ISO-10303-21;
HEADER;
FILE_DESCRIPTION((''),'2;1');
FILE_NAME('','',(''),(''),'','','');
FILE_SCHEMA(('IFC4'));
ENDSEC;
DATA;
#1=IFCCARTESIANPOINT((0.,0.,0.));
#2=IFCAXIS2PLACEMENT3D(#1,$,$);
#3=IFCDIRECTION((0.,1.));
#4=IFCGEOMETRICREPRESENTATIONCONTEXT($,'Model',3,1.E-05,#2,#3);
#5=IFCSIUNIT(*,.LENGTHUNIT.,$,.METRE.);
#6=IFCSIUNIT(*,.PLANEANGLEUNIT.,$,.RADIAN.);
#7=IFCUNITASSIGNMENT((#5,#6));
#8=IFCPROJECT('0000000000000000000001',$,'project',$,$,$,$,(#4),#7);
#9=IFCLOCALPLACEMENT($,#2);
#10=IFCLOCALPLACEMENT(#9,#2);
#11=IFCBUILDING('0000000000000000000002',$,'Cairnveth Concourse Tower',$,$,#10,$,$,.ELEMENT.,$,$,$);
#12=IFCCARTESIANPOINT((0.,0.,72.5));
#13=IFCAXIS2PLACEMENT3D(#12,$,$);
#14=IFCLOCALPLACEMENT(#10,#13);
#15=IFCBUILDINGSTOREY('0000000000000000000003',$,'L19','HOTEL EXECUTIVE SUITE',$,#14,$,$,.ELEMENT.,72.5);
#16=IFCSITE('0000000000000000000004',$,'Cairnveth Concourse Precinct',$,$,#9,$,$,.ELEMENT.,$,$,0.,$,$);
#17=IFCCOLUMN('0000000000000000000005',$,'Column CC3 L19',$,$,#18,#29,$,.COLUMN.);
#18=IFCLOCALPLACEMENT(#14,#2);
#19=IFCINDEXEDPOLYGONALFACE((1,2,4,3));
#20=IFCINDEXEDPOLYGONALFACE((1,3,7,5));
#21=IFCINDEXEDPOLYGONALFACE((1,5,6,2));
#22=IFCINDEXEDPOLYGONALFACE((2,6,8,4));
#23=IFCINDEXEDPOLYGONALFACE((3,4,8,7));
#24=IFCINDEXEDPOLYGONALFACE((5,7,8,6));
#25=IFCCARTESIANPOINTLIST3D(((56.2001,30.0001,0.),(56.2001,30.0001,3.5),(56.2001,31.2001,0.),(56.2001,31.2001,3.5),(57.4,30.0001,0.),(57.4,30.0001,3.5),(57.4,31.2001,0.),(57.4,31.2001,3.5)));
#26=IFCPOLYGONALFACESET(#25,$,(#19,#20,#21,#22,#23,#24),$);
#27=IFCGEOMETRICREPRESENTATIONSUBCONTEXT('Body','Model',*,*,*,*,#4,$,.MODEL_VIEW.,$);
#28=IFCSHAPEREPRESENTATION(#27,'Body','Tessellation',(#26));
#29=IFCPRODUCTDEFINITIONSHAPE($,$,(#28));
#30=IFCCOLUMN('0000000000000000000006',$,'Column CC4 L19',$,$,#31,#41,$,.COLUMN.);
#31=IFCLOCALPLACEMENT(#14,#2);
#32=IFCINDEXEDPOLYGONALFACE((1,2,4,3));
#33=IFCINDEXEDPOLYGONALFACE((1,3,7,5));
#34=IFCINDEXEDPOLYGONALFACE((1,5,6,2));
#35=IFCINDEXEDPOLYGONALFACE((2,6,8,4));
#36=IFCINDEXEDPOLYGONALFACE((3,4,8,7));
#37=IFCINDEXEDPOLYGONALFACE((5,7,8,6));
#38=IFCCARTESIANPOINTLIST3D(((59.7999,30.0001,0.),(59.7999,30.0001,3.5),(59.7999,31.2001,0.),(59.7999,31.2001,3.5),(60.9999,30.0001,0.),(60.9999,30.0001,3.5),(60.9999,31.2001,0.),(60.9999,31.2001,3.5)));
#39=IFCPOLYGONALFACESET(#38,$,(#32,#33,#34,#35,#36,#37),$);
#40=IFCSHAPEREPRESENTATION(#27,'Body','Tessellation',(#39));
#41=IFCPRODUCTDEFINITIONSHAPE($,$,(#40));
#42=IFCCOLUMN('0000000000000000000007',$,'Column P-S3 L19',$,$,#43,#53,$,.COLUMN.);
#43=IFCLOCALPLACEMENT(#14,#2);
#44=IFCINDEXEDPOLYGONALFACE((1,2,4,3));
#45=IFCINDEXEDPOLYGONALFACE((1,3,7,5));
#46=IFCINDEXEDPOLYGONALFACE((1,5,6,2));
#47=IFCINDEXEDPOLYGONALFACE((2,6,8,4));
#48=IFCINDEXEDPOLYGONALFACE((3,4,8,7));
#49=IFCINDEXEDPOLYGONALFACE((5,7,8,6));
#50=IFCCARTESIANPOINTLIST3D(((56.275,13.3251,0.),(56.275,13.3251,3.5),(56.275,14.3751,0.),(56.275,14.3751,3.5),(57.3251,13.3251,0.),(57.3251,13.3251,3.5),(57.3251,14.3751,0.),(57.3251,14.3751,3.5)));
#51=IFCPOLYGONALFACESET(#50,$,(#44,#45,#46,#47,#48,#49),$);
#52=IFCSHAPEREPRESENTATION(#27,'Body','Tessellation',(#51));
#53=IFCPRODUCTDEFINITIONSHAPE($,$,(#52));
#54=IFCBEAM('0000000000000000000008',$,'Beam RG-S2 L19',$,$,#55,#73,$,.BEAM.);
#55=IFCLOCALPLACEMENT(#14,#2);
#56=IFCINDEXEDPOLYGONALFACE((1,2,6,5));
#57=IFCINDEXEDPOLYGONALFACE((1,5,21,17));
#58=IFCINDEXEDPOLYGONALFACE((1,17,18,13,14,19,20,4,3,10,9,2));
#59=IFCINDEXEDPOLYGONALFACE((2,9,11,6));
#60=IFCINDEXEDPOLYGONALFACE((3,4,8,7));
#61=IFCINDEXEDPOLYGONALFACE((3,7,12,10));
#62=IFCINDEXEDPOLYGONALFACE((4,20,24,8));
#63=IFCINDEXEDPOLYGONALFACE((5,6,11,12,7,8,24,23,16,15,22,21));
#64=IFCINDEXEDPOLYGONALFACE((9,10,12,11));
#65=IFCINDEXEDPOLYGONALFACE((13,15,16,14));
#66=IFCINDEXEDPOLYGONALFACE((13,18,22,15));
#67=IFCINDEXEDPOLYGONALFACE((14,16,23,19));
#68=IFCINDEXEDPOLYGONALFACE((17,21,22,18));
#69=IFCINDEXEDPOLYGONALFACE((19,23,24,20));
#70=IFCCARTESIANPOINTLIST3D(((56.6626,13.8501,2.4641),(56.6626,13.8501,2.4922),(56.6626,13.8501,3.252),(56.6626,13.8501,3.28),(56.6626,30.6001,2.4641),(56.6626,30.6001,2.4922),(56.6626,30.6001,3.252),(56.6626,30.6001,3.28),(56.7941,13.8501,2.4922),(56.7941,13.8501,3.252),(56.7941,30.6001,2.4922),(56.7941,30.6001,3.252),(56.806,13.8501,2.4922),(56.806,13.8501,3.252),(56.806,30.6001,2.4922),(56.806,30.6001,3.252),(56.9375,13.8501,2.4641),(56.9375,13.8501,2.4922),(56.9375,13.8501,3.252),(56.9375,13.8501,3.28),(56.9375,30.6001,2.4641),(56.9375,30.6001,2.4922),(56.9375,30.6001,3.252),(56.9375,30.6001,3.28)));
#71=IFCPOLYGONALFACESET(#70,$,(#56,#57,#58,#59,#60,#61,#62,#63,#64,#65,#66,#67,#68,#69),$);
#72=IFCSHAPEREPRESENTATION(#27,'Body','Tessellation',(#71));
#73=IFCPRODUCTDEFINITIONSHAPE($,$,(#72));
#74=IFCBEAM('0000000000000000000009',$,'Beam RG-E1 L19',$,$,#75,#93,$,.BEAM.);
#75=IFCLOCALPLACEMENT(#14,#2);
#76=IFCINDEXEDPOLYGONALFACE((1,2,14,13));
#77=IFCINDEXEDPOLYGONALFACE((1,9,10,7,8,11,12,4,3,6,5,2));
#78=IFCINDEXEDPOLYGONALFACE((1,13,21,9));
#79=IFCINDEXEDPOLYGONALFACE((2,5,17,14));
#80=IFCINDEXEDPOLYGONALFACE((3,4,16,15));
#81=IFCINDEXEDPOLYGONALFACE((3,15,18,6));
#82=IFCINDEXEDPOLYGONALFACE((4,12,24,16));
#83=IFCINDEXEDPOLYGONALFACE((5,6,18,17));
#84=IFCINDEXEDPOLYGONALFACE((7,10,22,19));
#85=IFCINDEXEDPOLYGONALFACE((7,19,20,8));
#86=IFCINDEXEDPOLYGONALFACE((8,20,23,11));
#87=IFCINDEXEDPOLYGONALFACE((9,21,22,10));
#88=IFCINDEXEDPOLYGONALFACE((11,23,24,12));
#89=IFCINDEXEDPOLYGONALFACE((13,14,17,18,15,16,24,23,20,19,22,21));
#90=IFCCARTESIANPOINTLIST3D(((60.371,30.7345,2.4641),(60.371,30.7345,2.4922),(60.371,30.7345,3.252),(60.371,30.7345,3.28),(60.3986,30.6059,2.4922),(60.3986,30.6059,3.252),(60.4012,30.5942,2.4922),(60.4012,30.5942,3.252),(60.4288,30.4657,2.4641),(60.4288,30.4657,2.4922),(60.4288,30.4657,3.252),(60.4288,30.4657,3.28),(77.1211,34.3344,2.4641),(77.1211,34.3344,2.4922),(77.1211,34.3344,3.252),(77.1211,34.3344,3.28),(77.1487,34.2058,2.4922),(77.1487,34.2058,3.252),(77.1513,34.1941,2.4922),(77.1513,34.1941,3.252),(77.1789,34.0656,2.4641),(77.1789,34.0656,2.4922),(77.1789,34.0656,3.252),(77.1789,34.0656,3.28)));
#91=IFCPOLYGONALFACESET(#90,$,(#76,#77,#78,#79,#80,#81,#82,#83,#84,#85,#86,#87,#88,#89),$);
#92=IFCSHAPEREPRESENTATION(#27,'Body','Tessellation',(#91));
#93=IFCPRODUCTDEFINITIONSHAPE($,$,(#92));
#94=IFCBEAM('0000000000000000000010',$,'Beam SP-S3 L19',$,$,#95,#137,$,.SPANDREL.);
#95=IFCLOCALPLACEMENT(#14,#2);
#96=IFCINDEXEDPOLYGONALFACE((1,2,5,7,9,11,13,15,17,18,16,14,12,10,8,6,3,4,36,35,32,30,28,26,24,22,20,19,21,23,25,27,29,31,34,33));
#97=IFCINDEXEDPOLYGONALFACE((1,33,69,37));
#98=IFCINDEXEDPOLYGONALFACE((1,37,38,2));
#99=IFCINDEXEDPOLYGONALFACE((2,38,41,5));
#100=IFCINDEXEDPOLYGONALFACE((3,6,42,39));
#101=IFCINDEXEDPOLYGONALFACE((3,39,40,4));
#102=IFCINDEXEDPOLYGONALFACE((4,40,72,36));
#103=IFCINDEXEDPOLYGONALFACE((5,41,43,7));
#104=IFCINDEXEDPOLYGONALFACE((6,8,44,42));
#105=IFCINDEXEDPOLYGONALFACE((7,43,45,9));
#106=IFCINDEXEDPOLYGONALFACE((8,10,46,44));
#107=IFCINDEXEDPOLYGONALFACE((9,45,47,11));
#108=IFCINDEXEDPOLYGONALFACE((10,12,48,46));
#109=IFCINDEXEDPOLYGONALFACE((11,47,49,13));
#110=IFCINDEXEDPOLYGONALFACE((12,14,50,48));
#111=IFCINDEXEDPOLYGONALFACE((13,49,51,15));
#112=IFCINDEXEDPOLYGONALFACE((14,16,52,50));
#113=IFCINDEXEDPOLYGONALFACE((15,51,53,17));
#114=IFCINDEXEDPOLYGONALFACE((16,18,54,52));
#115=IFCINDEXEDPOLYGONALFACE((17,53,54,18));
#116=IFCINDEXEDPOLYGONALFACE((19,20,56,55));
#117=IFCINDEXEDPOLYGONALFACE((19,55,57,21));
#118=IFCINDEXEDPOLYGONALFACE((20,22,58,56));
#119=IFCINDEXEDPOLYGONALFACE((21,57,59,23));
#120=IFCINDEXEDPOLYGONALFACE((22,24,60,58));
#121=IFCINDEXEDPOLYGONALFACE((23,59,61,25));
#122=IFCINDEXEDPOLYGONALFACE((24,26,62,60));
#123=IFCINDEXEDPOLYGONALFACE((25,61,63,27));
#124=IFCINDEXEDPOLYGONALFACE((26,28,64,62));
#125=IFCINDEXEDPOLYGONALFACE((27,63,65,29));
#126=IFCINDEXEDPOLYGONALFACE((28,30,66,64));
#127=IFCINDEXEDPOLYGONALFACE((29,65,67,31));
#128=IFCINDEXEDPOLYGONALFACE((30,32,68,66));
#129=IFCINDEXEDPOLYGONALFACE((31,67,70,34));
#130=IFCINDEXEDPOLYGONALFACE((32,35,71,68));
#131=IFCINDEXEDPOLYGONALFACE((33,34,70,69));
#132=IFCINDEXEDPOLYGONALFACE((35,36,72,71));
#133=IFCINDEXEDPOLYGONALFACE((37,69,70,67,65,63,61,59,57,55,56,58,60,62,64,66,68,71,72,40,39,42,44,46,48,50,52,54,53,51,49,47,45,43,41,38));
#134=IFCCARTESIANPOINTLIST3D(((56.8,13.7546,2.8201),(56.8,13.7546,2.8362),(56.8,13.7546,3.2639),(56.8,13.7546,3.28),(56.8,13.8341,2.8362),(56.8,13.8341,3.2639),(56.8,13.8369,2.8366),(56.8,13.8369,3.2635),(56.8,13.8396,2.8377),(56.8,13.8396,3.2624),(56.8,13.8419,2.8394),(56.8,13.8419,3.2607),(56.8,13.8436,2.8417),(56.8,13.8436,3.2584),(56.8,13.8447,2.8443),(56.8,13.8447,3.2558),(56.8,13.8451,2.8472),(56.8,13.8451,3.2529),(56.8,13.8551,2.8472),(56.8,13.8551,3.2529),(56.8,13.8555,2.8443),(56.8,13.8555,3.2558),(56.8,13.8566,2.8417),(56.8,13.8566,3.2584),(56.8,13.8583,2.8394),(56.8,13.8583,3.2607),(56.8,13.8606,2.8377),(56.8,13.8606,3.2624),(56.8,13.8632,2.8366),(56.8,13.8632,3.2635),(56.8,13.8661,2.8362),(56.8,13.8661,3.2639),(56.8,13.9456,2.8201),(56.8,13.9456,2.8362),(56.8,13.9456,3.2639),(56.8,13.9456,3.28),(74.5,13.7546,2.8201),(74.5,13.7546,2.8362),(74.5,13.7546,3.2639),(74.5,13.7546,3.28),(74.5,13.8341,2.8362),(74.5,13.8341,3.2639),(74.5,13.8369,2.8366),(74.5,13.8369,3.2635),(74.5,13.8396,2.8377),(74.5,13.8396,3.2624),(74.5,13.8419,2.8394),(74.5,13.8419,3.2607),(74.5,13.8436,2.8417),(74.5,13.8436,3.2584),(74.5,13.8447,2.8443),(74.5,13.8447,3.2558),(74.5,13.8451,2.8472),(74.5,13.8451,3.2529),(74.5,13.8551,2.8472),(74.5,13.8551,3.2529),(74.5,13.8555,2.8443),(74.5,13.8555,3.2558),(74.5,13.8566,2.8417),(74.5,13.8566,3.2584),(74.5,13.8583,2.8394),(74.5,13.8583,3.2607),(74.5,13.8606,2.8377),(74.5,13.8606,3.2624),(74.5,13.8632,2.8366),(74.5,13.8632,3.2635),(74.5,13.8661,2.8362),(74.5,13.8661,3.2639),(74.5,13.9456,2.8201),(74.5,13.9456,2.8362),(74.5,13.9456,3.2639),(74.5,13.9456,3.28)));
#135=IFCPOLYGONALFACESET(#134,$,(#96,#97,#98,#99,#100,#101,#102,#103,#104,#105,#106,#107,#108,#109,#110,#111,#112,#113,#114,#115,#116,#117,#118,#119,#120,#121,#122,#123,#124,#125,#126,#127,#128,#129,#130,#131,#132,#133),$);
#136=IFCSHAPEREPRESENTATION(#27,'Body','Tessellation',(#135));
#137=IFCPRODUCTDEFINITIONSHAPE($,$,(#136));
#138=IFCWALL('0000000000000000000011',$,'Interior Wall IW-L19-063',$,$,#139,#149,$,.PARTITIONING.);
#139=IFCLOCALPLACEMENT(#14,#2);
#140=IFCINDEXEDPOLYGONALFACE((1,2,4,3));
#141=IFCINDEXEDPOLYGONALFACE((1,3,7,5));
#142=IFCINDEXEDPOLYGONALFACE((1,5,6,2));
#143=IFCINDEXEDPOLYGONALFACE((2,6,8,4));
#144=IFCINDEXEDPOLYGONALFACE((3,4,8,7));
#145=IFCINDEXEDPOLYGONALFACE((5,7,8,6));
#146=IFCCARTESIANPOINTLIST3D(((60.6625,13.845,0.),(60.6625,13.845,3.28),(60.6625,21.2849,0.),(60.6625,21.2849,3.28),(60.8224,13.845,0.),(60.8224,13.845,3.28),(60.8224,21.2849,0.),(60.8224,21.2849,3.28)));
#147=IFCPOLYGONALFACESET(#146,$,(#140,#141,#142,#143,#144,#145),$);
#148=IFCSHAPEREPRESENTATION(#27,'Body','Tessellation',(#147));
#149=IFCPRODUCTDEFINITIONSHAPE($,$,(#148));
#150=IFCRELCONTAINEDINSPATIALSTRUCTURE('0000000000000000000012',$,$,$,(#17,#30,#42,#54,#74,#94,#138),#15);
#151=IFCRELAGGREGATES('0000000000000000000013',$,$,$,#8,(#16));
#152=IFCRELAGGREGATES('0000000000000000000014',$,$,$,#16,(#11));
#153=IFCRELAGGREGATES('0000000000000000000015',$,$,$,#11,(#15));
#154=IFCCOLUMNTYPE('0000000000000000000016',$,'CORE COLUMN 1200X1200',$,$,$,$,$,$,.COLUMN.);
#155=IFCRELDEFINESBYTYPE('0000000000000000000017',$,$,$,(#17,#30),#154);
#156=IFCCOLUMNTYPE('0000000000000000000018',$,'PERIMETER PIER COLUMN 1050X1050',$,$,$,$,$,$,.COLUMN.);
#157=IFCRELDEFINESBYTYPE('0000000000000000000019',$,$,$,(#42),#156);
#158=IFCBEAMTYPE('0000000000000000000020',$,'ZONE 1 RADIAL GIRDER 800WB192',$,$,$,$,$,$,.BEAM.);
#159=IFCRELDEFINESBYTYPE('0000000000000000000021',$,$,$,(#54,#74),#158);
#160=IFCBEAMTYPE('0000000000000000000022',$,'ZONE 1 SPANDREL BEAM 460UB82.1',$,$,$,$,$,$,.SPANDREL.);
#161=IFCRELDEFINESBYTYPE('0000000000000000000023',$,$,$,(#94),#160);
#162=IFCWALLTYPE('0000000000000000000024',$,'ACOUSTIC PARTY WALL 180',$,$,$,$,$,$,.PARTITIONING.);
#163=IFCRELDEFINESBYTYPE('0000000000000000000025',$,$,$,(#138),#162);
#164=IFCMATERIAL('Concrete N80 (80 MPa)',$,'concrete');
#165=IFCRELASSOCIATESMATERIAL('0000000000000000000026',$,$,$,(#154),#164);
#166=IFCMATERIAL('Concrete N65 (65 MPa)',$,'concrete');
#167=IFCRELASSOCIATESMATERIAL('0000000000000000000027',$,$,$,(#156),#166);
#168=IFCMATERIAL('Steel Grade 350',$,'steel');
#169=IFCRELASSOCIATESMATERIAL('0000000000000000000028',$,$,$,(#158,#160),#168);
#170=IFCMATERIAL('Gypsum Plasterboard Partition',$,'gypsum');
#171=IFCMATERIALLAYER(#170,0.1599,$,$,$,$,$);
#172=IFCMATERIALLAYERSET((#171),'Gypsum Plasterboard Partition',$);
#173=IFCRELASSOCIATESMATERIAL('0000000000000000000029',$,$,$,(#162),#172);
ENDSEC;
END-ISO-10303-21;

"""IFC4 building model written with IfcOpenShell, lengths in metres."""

from ifc_helpers import new_model, si_unit, direction, frame, frame_2d, origin, origin_2d, place, context, subcontext, project, spatial, rectangle, i_section, extrude, material, layer, layer_set, material_profile, profile_set, type_object, element, save


model = new_model("IFC4")

# Units and contexts
model_context = context("Model", 3, precision=1e-05, world=origin(), true_north=direction((0.0, 1.0)))
body_context = subcontext(model_context, "Body", "Model", "MODEL_VIEW")
ifc_project = project(units=[si_unit("LENGTHUNIT", "METRE"), si_unit("PLANEANGLEUNIT", "RADIAN")], contexts=[model_context])

# Site, building, storey
site_placement = place(None, origin())
site = spatial("IfcSite", under=ifc_project, at=site_placement, Name="Cairnveth Concourse Precinct", CompositionType="ELEMENT", RefElevation=0.0)
building_placement = place(site_placement, origin())
building = spatial("IfcBuilding", under=site, at=building_placement, Name="Cairnveth Concourse Tower", CompositionType="ELEMENT")
storey_placement = place(building_placement, frame((0.0, 0.0, 72.5)))
storey = spatial("IfcBuildingStorey", under=building, at=storey_placement, Name="L19", Description="HOTEL EXECUTIVE SUITE", CompositionType="ELEMENT", Elevation=72.5)

# Columns
ifc_material_1 = material(Name="Concrete N80 (80 MPa)", Category="concrete")
ifc_material_profile_1 = material_profile(ifc_material_1, rectangle(XDim=1.2, YDim=1.2, at=origin_2d()), Name="RC-COL-1200x1200")
ifc_profile_set_1 = profile_set([ifc_material_profile_1], Name="Concrete N80 (80 MPa)")
column_type_1 = type_object("IfcColumnType", Name="CORE COLUMN 1200X1200", PredefinedType="COLUMN", material=ifc_profile_set_1)
for number, where, z_axis, x_axis, name in (
    (1, (56.8, 30.6001, 0.0), (0.0, 0.0, 1.0), (1.0, 0.0, 0.0), "Column CC3 L19"),
    (2, (60.3999, 30.6001, 0.0), (0.0, 0.0, 1.0), (1.0, 0.0, 0.0), "Column CC4 L19"),
):
    element("IfcColumn", number, at=place(storey_placement, frame(where, z_axis=z_axis, x_axis=x_axis)), inside=storey, type_object=column_type_1, Name=name, PredefinedType="COLUMN", context=body_context, shape_type="SweptSolid", body=[
        extrude(rectangle(XDim=1.2, YDim=1.2, at=origin_2d()), origin(), (0.0, 0.0, 1.0), 3.5),
    ])
ifc_material_2 = material(Name="Concrete N65 (65 MPa)", Category="concrete")
ifc_material_profile_2 = material_profile(ifc_material_2, rectangle(XDim=1.05, YDim=1.05, at=origin_2d()), Name="RC-COL-1050x1050")
ifc_profile_set_2 = profile_set([ifc_material_profile_2], Name="Concrete N65 (65 MPa)")
column_type_2 = type_object("IfcColumnType", Name="PERIMETER PIER COLUMN 1050X1050", PredefinedType="COLUMN", material=ifc_profile_set_2)
column_placement = place(storey_placement, frame((56.8, 13.8501, 0.0), z_axis=(0.0, 0.0, 1.0), x_axis=(1.0, 0.0, 0.0)))
element("IfcColumn", 3, at=column_placement, inside=storey, type_object=column_type_2, Name="Column P-S3 L19", PredefinedType="COLUMN", context=body_context, shape_type="SweptSolid", body=[
    extrude(rectangle(XDim=1.05, YDim=1.05, at=origin_2d()), origin(), (0.0, 0.0, 1.0), 3.5),
])

# Beams
ifc_material_3 = material(Name="Steel Grade 350", Category="steel")
ifc_material_profile_3 = material_profile(ifc_material_3, i_section(OverallWidth=0.2749, OverallDepth=0.8159, WebThickness=0.012, FlangeThickness=0.0281, at=origin_2d()), Name="800WB192")
ifc_profile_set_3 = profile_set([ifc_material_profile_3], Name="Steel Grade 350")
beam_type_1 = type_object("IfcBeamType", Name="ZONE 1 RADIAL GIRDER 800WB192", PredefinedType="BEAM", material=ifc_profile_set_3)
beam_1_placement = place(storey_placement, frame((56.8, 13.8501, 2.8721), z_axis=(0.0, 1.0, 0.0), x_axis=(-1.0, 0.0, 0.0)))
element("IfcBeam", 4, at=beam_1_placement, inside=storey, type_object=beam_type_1, Name="Beam RG-S2 L19", PredefinedType="BEAM", context=body_context, shape_type="SweptSolid", body=[
    extrude(i_section(OverallWidth=0.2749, OverallDepth=0.8159, WebThickness=0.012, FlangeThickness=0.0281, at=origin_2d()), origin(), (0.0, 0.0, 1.0), 16.75),
])
beam_2_placement = place(storey_placement, frame((60.3999, 30.6001, 2.8721), z_axis=(0.977676, 0.210119, 0.0), x_axis=(-0.210119, 0.977676, 0.0)))
element("IfcBeam", 5, at=beam_2_placement, inside=storey, type_object=beam_type_1, Name="Beam RG-E1 L19", PredefinedType="BEAM", context=body_context, shape_type="SweptSolid", body=[
    extrude(i_section(OverallWidth=0.2749, OverallDepth=0.8159, WebThickness=0.012, FlangeThickness=0.0281, at=origin_2d()), origin(), (0.0, 0.0, 1.0), 17.1326),
])
ifc_material_profile_4 = material_profile(ifc_material_3, i_section(OverallWidth=0.1909, OverallDepth=0.46, WebThickness=0.01, FlangeThickness=0.0161, FilletRadius=0.011, at=origin_2d()), Name="460UB82.1")
ifc_profile_set_4 = profile_set([ifc_material_profile_4], Name="Steel Grade 350")
beam_type_2 = type_object("IfcBeamType", Name="ZONE 1 SPANDREL BEAM 460UB82.1", PredefinedType="SPANDREL", material=ifc_profile_set_4)
beam_3_placement = place(storey_placement, frame((56.8, 13.8501, 3.05), z_axis=(1.0, 0.0, 0.0), x_axis=(0.0, 1.0, 0.0)))
element("IfcBeam", 6, at=beam_3_placement, inside=storey, type_object=beam_type_2, Name="Beam SP-S3 L19", PredefinedType="SPANDREL", context=body_context, shape_type="SweptSolid", body=[
    extrude(i_section(OverallWidth=0.1909, OverallDepth=0.46, WebThickness=0.01, FlangeThickness=0.0161, FilletRadius=0.011, at=origin_2d()), origin(), (0.0, 0.0, 1.0), 17.7),
])

# Wall
ifc_material_4 = material(Name="Gypsum Plasterboard Partition", Category="gypsum")
ifc_layer_1 = layer(ifc_material_4, 0.1599)
ifc_layer_set_1 = layer_set([ifc_layer_1], Name="Gypsum Plasterboard Partition")
wall_type_1 = type_object("IfcWallType", Name="ACOUSTIC PARTY WALL 180", PredefinedType="PARTITIONING", material=ifc_layer_set_1)
wall_1_placement = place(storey_placement, frame((60.7424, 13.845, 0.0), z_axis=(0.0, 0.0, 1.0), x_axis=(0.0, 1.0, 0.0)))
element("IfcWall", 7, at=wall_1_placement, inside=storey, type_object=wall_type_1, Name="Interior Wall IW-L19-063", PredefinedType="PARTITIONING", context=body_context, shape_type="SweptSolid", body=[
    extrude(rectangle(XDim=7.4399, YDim=0.1599, at=frame_2d((3.72, 0.0))), origin(), (0.0, 0.0, 1.0), 3.28),
])

save(model, "model.ifc")
